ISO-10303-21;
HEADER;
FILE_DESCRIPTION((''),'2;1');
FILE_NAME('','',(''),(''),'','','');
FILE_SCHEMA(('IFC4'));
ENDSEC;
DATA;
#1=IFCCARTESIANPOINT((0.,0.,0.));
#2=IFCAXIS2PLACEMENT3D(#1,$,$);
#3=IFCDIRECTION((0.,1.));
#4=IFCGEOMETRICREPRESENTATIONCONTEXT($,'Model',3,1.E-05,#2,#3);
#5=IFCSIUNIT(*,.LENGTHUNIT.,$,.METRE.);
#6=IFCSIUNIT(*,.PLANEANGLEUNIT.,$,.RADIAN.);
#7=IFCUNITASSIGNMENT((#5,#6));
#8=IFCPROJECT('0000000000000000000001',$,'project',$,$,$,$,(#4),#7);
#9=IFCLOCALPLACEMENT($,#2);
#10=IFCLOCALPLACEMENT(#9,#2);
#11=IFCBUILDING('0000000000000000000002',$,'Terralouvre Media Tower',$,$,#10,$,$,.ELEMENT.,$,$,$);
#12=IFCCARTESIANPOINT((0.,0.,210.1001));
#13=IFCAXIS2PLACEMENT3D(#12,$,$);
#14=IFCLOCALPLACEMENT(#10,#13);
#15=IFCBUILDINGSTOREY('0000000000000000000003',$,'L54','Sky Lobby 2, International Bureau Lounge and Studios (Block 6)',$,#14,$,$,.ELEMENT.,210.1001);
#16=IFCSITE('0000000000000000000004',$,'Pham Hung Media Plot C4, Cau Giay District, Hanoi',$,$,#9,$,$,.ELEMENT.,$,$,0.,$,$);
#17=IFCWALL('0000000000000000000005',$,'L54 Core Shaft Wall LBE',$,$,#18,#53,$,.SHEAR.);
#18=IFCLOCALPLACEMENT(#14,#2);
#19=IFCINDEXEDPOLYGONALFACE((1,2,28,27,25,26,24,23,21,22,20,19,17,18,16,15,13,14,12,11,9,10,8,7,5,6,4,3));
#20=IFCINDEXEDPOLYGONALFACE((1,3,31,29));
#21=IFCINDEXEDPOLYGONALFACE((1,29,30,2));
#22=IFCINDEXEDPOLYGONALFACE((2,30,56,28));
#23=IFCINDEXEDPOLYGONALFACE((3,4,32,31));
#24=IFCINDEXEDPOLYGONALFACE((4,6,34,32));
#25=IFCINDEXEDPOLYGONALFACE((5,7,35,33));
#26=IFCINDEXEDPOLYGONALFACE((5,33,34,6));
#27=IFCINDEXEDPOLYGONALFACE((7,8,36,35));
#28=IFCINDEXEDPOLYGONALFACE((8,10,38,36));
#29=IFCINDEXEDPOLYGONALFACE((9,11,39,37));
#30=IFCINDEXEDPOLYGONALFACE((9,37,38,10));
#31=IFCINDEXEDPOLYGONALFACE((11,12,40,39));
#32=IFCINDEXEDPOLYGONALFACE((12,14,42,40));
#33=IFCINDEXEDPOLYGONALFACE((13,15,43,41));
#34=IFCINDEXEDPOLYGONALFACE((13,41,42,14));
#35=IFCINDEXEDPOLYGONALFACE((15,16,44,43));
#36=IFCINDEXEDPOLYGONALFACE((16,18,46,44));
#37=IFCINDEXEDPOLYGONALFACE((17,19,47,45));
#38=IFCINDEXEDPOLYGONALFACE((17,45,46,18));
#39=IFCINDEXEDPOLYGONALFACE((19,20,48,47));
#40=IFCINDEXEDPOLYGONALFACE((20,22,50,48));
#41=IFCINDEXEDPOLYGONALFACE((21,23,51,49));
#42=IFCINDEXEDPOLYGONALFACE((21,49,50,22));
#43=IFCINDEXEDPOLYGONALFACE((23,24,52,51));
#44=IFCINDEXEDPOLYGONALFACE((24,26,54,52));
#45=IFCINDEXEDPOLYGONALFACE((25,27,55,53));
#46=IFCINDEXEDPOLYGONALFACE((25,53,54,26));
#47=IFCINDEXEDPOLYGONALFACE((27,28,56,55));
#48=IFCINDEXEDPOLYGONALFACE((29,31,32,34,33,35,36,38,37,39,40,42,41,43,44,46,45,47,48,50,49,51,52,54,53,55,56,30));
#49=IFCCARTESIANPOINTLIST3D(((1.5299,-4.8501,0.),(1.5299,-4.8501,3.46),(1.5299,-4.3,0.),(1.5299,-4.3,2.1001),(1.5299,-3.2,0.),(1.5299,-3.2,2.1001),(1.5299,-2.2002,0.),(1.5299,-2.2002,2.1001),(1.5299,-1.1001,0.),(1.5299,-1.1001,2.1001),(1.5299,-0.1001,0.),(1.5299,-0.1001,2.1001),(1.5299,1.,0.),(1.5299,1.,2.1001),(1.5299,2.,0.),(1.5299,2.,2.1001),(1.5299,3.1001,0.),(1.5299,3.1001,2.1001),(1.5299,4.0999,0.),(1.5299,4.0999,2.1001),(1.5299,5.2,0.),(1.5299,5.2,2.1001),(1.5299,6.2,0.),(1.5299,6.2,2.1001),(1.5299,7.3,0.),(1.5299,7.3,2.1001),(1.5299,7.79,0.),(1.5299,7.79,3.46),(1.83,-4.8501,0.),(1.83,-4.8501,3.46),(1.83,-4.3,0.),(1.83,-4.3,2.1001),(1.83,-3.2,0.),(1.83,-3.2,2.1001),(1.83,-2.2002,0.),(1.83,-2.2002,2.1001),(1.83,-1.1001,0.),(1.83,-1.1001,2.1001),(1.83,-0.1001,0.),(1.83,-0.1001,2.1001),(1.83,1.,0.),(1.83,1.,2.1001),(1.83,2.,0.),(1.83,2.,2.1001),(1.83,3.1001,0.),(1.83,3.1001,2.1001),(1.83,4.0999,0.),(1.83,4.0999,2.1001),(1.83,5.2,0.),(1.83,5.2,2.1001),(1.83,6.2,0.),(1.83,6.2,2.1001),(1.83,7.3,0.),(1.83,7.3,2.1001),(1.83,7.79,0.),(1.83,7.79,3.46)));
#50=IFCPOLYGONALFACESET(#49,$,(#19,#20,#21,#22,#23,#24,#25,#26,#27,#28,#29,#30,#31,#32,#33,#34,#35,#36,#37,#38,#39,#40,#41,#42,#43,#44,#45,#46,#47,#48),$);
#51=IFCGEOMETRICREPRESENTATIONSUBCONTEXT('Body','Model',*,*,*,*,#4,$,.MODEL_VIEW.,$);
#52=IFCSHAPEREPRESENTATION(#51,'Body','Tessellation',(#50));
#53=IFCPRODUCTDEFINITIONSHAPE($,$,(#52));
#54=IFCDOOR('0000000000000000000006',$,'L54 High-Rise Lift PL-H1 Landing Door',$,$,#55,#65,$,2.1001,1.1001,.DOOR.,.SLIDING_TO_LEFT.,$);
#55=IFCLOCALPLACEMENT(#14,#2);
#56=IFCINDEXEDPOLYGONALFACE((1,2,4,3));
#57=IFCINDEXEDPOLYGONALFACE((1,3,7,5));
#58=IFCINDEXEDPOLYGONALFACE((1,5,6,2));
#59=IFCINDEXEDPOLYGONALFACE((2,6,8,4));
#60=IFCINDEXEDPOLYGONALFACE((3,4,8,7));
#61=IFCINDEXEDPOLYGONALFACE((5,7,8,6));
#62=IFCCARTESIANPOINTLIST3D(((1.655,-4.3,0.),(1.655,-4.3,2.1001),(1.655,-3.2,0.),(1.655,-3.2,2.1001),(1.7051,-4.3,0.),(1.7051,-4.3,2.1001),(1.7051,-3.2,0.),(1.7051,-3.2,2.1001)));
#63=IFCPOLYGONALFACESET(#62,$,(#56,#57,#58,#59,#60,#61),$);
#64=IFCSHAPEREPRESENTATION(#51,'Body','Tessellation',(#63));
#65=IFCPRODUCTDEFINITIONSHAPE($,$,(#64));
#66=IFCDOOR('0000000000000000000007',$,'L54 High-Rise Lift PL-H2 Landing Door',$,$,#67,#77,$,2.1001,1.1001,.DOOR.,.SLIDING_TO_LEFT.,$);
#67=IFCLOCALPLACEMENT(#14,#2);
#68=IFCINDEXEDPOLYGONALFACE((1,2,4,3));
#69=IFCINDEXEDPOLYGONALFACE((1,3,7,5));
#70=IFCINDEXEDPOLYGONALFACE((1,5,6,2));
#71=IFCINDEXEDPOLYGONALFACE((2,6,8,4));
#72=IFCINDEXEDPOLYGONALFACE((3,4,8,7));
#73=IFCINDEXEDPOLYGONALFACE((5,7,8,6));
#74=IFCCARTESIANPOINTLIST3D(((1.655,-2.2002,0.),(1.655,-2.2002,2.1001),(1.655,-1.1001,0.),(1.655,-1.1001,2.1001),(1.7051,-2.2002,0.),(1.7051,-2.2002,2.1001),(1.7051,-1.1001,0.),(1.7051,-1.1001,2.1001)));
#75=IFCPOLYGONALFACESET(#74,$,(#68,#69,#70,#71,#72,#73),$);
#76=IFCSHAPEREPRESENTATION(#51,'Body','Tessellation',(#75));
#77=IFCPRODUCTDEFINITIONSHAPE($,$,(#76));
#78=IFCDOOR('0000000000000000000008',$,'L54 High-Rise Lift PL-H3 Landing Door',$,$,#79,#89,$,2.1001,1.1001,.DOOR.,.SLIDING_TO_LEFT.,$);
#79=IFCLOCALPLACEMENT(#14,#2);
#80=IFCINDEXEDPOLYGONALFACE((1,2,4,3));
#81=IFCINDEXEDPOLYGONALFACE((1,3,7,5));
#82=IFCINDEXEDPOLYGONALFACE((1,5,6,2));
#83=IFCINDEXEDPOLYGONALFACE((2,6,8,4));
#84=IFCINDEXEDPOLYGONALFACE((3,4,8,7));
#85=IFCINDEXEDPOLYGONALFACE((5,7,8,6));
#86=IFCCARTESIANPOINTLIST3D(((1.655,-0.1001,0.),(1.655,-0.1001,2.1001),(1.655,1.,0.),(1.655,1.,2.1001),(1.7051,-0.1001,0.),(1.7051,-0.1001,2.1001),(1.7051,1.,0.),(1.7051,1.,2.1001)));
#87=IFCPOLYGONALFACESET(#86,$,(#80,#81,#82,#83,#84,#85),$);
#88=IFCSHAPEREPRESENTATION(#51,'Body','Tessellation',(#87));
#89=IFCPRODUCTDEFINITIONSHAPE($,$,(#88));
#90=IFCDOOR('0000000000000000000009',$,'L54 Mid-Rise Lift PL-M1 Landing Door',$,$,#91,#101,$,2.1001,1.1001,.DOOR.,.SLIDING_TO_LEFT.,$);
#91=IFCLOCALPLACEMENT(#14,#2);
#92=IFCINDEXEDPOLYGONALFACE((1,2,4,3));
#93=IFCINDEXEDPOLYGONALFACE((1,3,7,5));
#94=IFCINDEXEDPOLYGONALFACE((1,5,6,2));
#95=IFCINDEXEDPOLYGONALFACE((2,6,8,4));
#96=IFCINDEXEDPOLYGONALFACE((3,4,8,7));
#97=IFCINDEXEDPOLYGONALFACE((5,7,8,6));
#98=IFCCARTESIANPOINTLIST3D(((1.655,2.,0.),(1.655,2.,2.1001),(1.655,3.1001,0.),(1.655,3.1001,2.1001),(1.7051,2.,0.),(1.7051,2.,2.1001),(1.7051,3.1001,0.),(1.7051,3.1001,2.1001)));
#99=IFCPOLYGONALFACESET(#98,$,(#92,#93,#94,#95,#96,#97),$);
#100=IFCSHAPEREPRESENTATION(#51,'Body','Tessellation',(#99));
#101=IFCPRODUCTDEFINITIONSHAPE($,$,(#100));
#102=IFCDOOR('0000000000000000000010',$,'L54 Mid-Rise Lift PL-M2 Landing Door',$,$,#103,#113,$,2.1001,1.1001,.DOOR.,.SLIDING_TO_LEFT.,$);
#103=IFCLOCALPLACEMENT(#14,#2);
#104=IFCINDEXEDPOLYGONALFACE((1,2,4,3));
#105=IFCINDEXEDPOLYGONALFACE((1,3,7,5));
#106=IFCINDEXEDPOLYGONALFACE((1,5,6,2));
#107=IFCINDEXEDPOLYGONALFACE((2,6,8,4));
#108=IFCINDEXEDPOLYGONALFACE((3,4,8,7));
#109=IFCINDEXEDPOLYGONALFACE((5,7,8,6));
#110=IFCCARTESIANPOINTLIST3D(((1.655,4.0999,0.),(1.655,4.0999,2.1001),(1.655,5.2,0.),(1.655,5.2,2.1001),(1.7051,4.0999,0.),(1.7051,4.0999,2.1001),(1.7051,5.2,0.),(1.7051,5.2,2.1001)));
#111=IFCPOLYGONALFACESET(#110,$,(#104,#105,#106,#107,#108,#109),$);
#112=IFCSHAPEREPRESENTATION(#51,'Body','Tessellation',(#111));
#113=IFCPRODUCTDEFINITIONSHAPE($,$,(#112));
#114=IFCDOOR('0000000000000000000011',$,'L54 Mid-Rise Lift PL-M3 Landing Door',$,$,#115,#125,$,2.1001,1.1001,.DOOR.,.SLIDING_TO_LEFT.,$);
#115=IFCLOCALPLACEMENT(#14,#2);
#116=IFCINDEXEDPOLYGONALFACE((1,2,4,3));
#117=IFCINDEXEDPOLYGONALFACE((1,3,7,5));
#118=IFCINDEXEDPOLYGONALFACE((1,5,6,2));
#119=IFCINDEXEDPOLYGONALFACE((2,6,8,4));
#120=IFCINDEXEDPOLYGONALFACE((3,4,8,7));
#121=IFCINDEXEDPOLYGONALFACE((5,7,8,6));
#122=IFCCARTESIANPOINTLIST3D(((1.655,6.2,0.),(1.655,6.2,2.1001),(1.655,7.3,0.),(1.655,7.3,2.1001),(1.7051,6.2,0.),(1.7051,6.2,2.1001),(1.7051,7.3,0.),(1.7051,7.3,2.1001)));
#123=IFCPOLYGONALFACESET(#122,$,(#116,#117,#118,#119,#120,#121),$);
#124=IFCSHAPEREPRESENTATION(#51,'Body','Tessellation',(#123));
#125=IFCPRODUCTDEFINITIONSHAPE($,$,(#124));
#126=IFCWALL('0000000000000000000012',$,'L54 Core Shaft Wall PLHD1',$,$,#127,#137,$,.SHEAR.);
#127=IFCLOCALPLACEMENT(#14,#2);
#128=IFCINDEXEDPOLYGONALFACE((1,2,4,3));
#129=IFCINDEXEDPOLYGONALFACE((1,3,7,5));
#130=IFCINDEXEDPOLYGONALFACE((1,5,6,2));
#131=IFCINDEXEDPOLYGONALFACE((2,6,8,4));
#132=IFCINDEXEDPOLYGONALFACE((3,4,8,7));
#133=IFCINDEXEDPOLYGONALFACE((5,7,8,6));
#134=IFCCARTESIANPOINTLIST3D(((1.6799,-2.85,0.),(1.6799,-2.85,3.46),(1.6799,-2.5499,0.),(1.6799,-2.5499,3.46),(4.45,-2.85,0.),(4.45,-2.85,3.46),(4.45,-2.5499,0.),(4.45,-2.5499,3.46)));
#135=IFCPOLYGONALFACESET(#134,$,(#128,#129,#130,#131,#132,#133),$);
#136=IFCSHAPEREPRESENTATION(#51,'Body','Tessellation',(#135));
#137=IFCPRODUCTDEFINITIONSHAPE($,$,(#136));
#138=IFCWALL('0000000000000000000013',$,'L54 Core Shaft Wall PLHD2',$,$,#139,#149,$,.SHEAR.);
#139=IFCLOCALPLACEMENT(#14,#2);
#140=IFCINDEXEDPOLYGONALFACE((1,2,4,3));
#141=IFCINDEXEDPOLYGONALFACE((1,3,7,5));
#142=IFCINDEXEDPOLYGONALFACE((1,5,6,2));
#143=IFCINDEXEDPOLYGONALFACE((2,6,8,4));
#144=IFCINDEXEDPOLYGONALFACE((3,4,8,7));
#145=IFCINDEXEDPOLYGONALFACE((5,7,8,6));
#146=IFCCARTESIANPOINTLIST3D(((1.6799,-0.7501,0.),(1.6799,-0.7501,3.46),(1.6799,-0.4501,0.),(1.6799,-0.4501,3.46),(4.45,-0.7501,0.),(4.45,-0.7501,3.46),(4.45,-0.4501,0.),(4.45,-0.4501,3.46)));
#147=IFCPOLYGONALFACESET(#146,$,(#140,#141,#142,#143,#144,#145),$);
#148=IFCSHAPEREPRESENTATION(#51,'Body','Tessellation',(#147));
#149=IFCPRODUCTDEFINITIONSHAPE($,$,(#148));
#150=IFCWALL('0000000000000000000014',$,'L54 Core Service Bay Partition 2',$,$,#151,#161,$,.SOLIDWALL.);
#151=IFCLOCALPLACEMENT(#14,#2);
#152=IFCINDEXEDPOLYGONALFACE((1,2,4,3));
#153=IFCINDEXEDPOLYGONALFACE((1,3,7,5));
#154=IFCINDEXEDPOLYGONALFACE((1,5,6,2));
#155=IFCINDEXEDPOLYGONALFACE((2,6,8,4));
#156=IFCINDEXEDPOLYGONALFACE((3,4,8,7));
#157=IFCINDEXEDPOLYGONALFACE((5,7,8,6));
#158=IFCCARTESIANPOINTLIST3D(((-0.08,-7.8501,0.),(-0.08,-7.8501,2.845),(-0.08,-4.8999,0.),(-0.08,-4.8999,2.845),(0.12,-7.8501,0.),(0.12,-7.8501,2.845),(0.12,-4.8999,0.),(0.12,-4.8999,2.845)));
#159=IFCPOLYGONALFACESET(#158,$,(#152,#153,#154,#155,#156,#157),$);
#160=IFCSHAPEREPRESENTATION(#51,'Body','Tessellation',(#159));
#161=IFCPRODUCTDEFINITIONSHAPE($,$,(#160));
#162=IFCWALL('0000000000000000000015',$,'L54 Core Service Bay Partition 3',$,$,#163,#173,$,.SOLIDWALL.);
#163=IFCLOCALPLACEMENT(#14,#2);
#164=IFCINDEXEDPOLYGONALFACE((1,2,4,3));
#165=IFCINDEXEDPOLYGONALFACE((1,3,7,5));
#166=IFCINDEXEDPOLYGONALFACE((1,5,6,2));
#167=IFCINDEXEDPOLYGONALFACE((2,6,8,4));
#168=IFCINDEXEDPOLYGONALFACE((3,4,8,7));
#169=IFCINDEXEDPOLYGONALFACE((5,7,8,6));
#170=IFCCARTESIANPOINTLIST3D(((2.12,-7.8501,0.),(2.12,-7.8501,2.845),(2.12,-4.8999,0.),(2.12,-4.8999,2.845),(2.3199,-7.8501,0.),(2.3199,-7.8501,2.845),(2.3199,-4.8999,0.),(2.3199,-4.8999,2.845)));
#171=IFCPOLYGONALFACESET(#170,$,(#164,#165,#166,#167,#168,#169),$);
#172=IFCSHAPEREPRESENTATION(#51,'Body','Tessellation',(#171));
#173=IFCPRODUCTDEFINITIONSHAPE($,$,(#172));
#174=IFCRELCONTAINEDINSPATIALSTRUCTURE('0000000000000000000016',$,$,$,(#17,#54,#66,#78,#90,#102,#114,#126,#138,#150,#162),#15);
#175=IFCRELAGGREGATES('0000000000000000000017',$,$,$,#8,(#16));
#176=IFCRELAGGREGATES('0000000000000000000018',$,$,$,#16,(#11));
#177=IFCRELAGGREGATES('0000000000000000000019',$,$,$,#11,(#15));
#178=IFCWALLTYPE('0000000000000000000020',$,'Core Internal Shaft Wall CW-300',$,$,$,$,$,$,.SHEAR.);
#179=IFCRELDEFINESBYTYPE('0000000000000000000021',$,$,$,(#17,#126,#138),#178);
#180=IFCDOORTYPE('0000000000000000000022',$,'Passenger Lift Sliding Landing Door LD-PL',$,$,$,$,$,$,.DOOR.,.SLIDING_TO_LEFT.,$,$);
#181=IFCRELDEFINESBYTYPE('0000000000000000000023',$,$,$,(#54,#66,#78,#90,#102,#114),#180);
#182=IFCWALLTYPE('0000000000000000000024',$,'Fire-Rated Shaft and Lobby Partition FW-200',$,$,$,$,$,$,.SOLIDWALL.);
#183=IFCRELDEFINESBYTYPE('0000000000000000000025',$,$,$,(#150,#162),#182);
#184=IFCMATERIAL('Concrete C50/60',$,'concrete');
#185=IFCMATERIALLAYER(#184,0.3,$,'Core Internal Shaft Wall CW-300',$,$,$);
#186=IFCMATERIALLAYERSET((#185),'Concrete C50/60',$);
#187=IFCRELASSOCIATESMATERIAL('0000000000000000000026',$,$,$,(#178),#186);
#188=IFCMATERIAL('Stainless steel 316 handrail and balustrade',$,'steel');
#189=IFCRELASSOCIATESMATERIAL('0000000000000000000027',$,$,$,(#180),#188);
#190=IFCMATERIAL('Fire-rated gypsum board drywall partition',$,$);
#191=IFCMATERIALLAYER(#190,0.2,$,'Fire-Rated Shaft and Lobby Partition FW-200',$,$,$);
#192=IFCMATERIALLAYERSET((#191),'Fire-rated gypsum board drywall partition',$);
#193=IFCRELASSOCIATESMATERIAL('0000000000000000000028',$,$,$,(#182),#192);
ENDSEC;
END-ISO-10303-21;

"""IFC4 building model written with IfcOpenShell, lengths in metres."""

from ifc_helpers import new_model, si_unit, direction, frame, frame_2d, origin, place, context, subcontext, project, spatial, rectangle, extrude, material, layer, layer_set, type_object, element, fill, save


model = new_model("IFC4")

# Units and contexts
model_context = context("Model", 3, precision=1e-05, world=origin(), true_north=direction((0.0, 1.0)))
body_context = subcontext(model_context, "Body", "Model", "MODEL_VIEW")
ifc_project = project(units=[si_unit("LENGTHUNIT", "METRE"), si_unit("PLANEANGLEUNIT", "RADIAN")], contexts=[model_context])

# Site, building, storey
site_placement = place(None, origin())
site = spatial("IfcSite", under=ifc_project, at=site_placement, Name="Pham Hung Media Plot C4, Cau Giay District, Hanoi", CompositionType="ELEMENT", RefElevation=0.0)
building_placement = place(site_placement, origin())
building = spatial("IfcBuilding", under=site, at=building_placement, Name="Terralouvre Media Tower", CompositionType="ELEMENT")
storey_placement = place(building_placement, frame((0.0, 0.0, 210.1001)))
storey = spatial("IfcBuildingStorey", under=building, at=storey_placement, Name="L54", Description="Sky Lobby 2, International Bureau Lounge and Studios (Block 6)", CompositionType="ELEMENT", Elevation=210.1001)

# Shared definitions
ifc_material_1 = material(Name="Concrete C50/60", Category="concrete")
ifc_layer_1 = layer(ifc_material_1, 0.3, Name="Core Internal Shaft Wall CW-300")
ifc_layer_set_1 = layer_set([ifc_layer_1], Name="Concrete C50/60")
wall_type_1 = type_object("IfcWallType", Name="Core Internal Shaft Wall CW-300", PredefinedType="SHEAR", material=ifc_layer_set_1)

# Wall, openings, doors
wall_1_placement = place(storey_placement, frame((1.6799, -4.8501, 0.0), z_axis=(0.0, 0.0, 1.0), x_axis=(0.0, 1.0, 0.0)))
wall_1 = element("IfcWall", 1, at=wall_1_placement, inside=storey, type_object=wall_type_1, Name="L54 Core Shaft Wall LBE", PredefinedType="SHEAR", context=body_context, shape_type="SweptSolid", body=[
    extrude(rectangle(XDim=12.6401, YDim=0.3, at=frame_2d((6.3201, 0.0))), origin(), (0.0, 0.0, 1.0), 3.46),
])
opening_1_placement = place(wall_1_placement, frame((0.55, 0.0, 0.0)))
opening_1 = element("IfcOpeningElement", 2, at=opening_1_placement, cuts=wall_1, PredefinedType="OPENING", context=body_context, shape_type="SweptSolid", body=[
    extrude(rectangle(XDim=1.1001, YDim=2.1001, at=frame_2d((0.55, 1.05))), frame((0.0, 0.1599, 0.0), z_axis=(0.0, -1.0, 0.0), x_axis=(1.0, 0.0, 0.0)), (0.0, 0.0, 1.0), 0.3201),
])
opening_2_placement = place(wall_1_placement, frame((2.6499, 0.0, 0.0)))
opening_2 = element("IfcOpeningElement", 3, at=opening_2_placement, cuts=wall_1, PredefinedType="OPENING", context=body_context, shape_type="SweptSolid", body=[
    extrude(rectangle(XDim=1.1001, YDim=2.1001, at=frame_2d((0.55, 1.05))), frame((0.0, 0.1599, 0.0), z_axis=(0.0, -1.0, 0.0), x_axis=(1.0, 0.0, 0.0)), (0.0, 0.0, 1.0), 0.3201),
])
opening_3_placement = place(wall_1_placement, frame((4.75, 0.0, 0.0)))
opening_3 = element("IfcOpeningElement", 4, at=opening_3_placement, cuts=wall_1, PredefinedType="OPENING", context=body_context, shape_type="SweptSolid", body=[
    extrude(rectangle(XDim=1.1001, YDim=2.1001, at=frame_2d((0.55, 1.05))), frame((0.0, 0.1599, 0.0), z_axis=(0.0, -1.0, 0.0), x_axis=(1.0, 0.0, 0.0)), (0.0, 0.0, 1.0), 0.3201),
])
opening_4_placement = place(wall_1_placement, frame((6.8501, 0.0, 0.0)))
opening_4 = element("IfcOpeningElement", 5, at=opening_4_placement, cuts=wall_1, PredefinedType="OPENING", context=body_context, shape_type="SweptSolid", body=[
    extrude(rectangle(XDim=1.1001, YDim=2.1001, at=frame_2d((0.55, 1.05))), frame((0.0, 0.1599, 0.0), z_axis=(0.0, -1.0, 0.0), x_axis=(1.0, 0.0, 0.0)), (0.0, 0.0, 1.0), 0.3201),
])
opening_5_placement = place(wall_1_placement, frame((8.95, 0.0, 0.0)))
opening_5 = element("IfcOpeningElement", 6, at=opening_5_placement, cuts=wall_1, PredefinedType="OPENING", context=body_context, shape_type="SweptSolid", body=[
    extrude(rectangle(XDim=1.1001, YDim=2.1001, at=frame_2d((0.55, 1.05))), frame((0.0, 0.1599, 0.0), z_axis=(0.0, -1.0, 0.0), x_axis=(1.0, 0.0, 0.0)), (0.0, 0.0, 1.0), 0.3201),
])
opening_6_placement = place(wall_1_placement, frame((11.05, 0.0, 0.0)))
opening_6 = element("IfcOpeningElement", 7, at=opening_6_placement, cuts=wall_1, PredefinedType="OPENING", context=body_context, shape_type="SweptSolid", body=[
    extrude(rectangle(XDim=1.1001, YDim=2.1001, at=frame_2d((0.55, 1.05))), frame((0.0, 0.1599, 0.0), z_axis=(0.0, -1.0, 0.0), x_axis=(1.0, 0.0, 0.0)), (0.0, 0.0, 1.0), 0.3201),
])
ifc_material_2 = material(Name="Stainless steel 316 handrail and balustrade", Category="steel")
door_type_1 = type_object("IfcDoorType", Name="Passenger Lift Sliding Landing Door LD-PL", OperationType="SLIDING_TO_LEFT", PredefinedType="DOOR", material=ifc_material_2)
door_1_placement = place(opening_1_placement, origin())
door_1 = element("IfcDoor", 8, at=door_1_placement, inside=storey, type_object=door_type_1, Name="L54 High-Rise Lift PL-H1 Landing Door", OperationType="SLIDING_TO_LEFT", OverallHeight=2.1001, OverallWidth=1.1001, PredefinedType="DOOR", context=body_context, shape_type="SweptSolid", body=[
    extrude(rectangle(XDim=1.1001, YDim=2.1001, at=frame_2d((0.55, 1.05))), frame((0.0, 0.0249, 0.0), z_axis=(0.0, -1.0, 0.0), x_axis=(1.0, 0.0, 0.0)), (0.0, 0.0, 1.0), 0.05),
])
fill(opening_1, door_1)
door_2_placement = place(opening_2_placement, origin())
door_2 = element("IfcDoor", 9, at=door_2_placement, inside=storey, type_object=door_type_1, Name="L54 High-Rise Lift PL-H2 Landing Door", OperationType="SLIDING_TO_LEFT", OverallHeight=2.1001, OverallWidth=1.1001, PredefinedType="DOOR", context=body_context, shape_type="SweptSolid", body=[
    extrude(rectangle(XDim=1.1001, YDim=2.1001, at=frame_2d((0.55, 1.05))), frame((0.0, 0.0249, 0.0), z_axis=(0.0, -1.0, 0.0), x_axis=(1.0, 0.0, 0.0)), (0.0, 0.0, 1.0), 0.05),
])
fill(opening_2, door_2)
door_3_placement = place(opening_3_placement, origin())
door_3 = element("IfcDoor", 10, at=door_3_placement, inside=storey, type_object=door_type_1, Name="L54 High-Rise Lift PL-H3 Landing Door", OperationType="SLIDING_TO_LEFT", OverallHeight=2.1001, OverallWidth=1.1001, PredefinedType="DOOR", context=body_context, shape_type="SweptSolid", body=[
    extrude(rectangle(XDim=1.1001, YDim=2.1001, at=frame_2d((0.55, 1.05))), frame((0.0, 0.0249, 0.0), z_axis=(0.0, -1.0, 0.0), x_axis=(1.0, 0.0, 0.0)), (0.0, 0.0, 1.0), 0.05),
])
fill(opening_3, door_3)
door_4_placement = place(opening_4_placement, origin())
door_4 = element("IfcDoor", 11, at=door_4_placement, inside=storey, type_object=door_type_1, Name="L54 Mid-Rise Lift PL-M1 Landing Door", OperationType="SLIDING_TO_LEFT", OverallHeight=2.1001, OverallWidth=1.1001, PredefinedType="DOOR", context=body_context, shape_type="SweptSolid", body=[
    extrude(rectangle(XDim=1.1001, YDim=2.1001, at=frame_2d((0.55, 1.05))), frame((0.0, 0.0249, 0.0), z_axis=(0.0, -1.0, 0.0), x_axis=(1.0, 0.0, 0.0)), (0.0, 0.0, 1.0), 0.05),
])
fill(opening_4, door_4)
door_5_placement = place(opening_5_placement, origin())
door_5 = element("IfcDoor", 12, at=door_5_placement, inside=storey, type_object=door_type_1, Name="L54 Mid-Rise Lift PL-M2 Landing Door", OperationType="SLIDING_TO_LEFT", OverallHeight=2.1001, OverallWidth=1.1001, PredefinedType="DOOR", context=body_context, shape_type="SweptSolid", body=[
    extrude(rectangle(XDim=1.1001, YDim=2.1001, at=frame_2d((0.55, 1.05))), frame((0.0, 0.0249, 0.0), z_axis=(0.0, -1.0, 0.0), x_axis=(1.0, 0.0, 0.0)), (0.0, 0.0, 1.0), 0.05),
])
fill(opening_5, door_5)
door_6_placement = place(opening_6_placement, origin())
door_6 = element("IfcDoor", 13, at=door_6_placement, inside=storey, type_object=door_type_1, Name="L54 Mid-Rise Lift PL-M3 Landing Door", OperationType="SLIDING_TO_LEFT", OverallHeight=2.1001, OverallWidth=1.1001, PredefinedType="DOOR", context=body_context, shape_type="SweptSolid", body=[
    extrude(rectangle(XDim=1.1001, YDim=2.1001, at=frame_2d((0.55, 1.05))), frame((0.0, 0.0249, 0.0), z_axis=(0.0, -1.0, 0.0), x_axis=(1.0, 0.0, 0.0)), (0.0, 0.0, 1.0), 0.05),
])
fill(opening_6, door_6)

# Walls
for number, where, z_axis, x_axis, name in (
    (14, (1.6799, -2.7, 0.0), (0.0, 0.0, 1.0), (1.0, 0.0, 0.0), "L54 Core Shaft Wall PLHD1"),
    (15, (1.6799, -0.6001, 0.0), (0.0, 0.0, 1.0), (1.0, 0.0, 0.0), "L54 Core Shaft Wall PLHD2"),
):
    element("IfcWall", number, at=place(storey_placement, frame(where, z_axis=z_axis, x_axis=x_axis)), inside=storey, type_object=wall_type_1, Name=name, PredefinedType="SHEAR", context=body_context, shape_type="SweptSolid", body=[
        extrude(rectangle(XDim=2.77, YDim=0.3, at=frame_2d((1.385, 0.0))), origin(), (0.0, 0.0, 1.0), 3.46),
    ])
ifc_material_3 = material(Name="Fire-rated gypsum board drywall partition")
ifc_layer_2 = layer(ifc_material_3, 0.2, Name="Fire-Rated Shaft and Lobby Partition FW-200")
ifc_layer_set_2 = layer_set([ifc_layer_2], Name="Fire-rated gypsum board drywall partition")
wall_type_2 = type_object("IfcWallType", Name="Fire-Rated Shaft and Lobby Partition FW-200", PredefinedType="SOLIDWALL", material=ifc_layer_set_2)
for number, where, z_axis, x_axis, name in (
    (16, (0.02, -7.8501, 0.0), (0.0, 0.0, 1.0), (0.0, 1.0, 0.0), "L54 Core Service Bay Partition 2"),
    (17, (2.22, -7.8501, 0.0), (0.0, 0.0, 1.0), (0.0, 1.0, 0.0), "L54 Core Service Bay Partition 3"),
):
    element("IfcWall", number, at=place(storey_placement, frame(where, z_axis=z_axis, x_axis=x_axis)), inside=storey, type_object=wall_type_2, Name=name, PredefinedType="SOLIDWALL", context=body_context, shape_type="SweptSolid", body=[
        extrude(rectangle(XDim=2.9502, YDim=0.2, at=frame_2d((1.4751, 0.0))), origin(), (0.0, 0.0, 1.0), 2.845),
    ])

save(model, "model.ifc")
